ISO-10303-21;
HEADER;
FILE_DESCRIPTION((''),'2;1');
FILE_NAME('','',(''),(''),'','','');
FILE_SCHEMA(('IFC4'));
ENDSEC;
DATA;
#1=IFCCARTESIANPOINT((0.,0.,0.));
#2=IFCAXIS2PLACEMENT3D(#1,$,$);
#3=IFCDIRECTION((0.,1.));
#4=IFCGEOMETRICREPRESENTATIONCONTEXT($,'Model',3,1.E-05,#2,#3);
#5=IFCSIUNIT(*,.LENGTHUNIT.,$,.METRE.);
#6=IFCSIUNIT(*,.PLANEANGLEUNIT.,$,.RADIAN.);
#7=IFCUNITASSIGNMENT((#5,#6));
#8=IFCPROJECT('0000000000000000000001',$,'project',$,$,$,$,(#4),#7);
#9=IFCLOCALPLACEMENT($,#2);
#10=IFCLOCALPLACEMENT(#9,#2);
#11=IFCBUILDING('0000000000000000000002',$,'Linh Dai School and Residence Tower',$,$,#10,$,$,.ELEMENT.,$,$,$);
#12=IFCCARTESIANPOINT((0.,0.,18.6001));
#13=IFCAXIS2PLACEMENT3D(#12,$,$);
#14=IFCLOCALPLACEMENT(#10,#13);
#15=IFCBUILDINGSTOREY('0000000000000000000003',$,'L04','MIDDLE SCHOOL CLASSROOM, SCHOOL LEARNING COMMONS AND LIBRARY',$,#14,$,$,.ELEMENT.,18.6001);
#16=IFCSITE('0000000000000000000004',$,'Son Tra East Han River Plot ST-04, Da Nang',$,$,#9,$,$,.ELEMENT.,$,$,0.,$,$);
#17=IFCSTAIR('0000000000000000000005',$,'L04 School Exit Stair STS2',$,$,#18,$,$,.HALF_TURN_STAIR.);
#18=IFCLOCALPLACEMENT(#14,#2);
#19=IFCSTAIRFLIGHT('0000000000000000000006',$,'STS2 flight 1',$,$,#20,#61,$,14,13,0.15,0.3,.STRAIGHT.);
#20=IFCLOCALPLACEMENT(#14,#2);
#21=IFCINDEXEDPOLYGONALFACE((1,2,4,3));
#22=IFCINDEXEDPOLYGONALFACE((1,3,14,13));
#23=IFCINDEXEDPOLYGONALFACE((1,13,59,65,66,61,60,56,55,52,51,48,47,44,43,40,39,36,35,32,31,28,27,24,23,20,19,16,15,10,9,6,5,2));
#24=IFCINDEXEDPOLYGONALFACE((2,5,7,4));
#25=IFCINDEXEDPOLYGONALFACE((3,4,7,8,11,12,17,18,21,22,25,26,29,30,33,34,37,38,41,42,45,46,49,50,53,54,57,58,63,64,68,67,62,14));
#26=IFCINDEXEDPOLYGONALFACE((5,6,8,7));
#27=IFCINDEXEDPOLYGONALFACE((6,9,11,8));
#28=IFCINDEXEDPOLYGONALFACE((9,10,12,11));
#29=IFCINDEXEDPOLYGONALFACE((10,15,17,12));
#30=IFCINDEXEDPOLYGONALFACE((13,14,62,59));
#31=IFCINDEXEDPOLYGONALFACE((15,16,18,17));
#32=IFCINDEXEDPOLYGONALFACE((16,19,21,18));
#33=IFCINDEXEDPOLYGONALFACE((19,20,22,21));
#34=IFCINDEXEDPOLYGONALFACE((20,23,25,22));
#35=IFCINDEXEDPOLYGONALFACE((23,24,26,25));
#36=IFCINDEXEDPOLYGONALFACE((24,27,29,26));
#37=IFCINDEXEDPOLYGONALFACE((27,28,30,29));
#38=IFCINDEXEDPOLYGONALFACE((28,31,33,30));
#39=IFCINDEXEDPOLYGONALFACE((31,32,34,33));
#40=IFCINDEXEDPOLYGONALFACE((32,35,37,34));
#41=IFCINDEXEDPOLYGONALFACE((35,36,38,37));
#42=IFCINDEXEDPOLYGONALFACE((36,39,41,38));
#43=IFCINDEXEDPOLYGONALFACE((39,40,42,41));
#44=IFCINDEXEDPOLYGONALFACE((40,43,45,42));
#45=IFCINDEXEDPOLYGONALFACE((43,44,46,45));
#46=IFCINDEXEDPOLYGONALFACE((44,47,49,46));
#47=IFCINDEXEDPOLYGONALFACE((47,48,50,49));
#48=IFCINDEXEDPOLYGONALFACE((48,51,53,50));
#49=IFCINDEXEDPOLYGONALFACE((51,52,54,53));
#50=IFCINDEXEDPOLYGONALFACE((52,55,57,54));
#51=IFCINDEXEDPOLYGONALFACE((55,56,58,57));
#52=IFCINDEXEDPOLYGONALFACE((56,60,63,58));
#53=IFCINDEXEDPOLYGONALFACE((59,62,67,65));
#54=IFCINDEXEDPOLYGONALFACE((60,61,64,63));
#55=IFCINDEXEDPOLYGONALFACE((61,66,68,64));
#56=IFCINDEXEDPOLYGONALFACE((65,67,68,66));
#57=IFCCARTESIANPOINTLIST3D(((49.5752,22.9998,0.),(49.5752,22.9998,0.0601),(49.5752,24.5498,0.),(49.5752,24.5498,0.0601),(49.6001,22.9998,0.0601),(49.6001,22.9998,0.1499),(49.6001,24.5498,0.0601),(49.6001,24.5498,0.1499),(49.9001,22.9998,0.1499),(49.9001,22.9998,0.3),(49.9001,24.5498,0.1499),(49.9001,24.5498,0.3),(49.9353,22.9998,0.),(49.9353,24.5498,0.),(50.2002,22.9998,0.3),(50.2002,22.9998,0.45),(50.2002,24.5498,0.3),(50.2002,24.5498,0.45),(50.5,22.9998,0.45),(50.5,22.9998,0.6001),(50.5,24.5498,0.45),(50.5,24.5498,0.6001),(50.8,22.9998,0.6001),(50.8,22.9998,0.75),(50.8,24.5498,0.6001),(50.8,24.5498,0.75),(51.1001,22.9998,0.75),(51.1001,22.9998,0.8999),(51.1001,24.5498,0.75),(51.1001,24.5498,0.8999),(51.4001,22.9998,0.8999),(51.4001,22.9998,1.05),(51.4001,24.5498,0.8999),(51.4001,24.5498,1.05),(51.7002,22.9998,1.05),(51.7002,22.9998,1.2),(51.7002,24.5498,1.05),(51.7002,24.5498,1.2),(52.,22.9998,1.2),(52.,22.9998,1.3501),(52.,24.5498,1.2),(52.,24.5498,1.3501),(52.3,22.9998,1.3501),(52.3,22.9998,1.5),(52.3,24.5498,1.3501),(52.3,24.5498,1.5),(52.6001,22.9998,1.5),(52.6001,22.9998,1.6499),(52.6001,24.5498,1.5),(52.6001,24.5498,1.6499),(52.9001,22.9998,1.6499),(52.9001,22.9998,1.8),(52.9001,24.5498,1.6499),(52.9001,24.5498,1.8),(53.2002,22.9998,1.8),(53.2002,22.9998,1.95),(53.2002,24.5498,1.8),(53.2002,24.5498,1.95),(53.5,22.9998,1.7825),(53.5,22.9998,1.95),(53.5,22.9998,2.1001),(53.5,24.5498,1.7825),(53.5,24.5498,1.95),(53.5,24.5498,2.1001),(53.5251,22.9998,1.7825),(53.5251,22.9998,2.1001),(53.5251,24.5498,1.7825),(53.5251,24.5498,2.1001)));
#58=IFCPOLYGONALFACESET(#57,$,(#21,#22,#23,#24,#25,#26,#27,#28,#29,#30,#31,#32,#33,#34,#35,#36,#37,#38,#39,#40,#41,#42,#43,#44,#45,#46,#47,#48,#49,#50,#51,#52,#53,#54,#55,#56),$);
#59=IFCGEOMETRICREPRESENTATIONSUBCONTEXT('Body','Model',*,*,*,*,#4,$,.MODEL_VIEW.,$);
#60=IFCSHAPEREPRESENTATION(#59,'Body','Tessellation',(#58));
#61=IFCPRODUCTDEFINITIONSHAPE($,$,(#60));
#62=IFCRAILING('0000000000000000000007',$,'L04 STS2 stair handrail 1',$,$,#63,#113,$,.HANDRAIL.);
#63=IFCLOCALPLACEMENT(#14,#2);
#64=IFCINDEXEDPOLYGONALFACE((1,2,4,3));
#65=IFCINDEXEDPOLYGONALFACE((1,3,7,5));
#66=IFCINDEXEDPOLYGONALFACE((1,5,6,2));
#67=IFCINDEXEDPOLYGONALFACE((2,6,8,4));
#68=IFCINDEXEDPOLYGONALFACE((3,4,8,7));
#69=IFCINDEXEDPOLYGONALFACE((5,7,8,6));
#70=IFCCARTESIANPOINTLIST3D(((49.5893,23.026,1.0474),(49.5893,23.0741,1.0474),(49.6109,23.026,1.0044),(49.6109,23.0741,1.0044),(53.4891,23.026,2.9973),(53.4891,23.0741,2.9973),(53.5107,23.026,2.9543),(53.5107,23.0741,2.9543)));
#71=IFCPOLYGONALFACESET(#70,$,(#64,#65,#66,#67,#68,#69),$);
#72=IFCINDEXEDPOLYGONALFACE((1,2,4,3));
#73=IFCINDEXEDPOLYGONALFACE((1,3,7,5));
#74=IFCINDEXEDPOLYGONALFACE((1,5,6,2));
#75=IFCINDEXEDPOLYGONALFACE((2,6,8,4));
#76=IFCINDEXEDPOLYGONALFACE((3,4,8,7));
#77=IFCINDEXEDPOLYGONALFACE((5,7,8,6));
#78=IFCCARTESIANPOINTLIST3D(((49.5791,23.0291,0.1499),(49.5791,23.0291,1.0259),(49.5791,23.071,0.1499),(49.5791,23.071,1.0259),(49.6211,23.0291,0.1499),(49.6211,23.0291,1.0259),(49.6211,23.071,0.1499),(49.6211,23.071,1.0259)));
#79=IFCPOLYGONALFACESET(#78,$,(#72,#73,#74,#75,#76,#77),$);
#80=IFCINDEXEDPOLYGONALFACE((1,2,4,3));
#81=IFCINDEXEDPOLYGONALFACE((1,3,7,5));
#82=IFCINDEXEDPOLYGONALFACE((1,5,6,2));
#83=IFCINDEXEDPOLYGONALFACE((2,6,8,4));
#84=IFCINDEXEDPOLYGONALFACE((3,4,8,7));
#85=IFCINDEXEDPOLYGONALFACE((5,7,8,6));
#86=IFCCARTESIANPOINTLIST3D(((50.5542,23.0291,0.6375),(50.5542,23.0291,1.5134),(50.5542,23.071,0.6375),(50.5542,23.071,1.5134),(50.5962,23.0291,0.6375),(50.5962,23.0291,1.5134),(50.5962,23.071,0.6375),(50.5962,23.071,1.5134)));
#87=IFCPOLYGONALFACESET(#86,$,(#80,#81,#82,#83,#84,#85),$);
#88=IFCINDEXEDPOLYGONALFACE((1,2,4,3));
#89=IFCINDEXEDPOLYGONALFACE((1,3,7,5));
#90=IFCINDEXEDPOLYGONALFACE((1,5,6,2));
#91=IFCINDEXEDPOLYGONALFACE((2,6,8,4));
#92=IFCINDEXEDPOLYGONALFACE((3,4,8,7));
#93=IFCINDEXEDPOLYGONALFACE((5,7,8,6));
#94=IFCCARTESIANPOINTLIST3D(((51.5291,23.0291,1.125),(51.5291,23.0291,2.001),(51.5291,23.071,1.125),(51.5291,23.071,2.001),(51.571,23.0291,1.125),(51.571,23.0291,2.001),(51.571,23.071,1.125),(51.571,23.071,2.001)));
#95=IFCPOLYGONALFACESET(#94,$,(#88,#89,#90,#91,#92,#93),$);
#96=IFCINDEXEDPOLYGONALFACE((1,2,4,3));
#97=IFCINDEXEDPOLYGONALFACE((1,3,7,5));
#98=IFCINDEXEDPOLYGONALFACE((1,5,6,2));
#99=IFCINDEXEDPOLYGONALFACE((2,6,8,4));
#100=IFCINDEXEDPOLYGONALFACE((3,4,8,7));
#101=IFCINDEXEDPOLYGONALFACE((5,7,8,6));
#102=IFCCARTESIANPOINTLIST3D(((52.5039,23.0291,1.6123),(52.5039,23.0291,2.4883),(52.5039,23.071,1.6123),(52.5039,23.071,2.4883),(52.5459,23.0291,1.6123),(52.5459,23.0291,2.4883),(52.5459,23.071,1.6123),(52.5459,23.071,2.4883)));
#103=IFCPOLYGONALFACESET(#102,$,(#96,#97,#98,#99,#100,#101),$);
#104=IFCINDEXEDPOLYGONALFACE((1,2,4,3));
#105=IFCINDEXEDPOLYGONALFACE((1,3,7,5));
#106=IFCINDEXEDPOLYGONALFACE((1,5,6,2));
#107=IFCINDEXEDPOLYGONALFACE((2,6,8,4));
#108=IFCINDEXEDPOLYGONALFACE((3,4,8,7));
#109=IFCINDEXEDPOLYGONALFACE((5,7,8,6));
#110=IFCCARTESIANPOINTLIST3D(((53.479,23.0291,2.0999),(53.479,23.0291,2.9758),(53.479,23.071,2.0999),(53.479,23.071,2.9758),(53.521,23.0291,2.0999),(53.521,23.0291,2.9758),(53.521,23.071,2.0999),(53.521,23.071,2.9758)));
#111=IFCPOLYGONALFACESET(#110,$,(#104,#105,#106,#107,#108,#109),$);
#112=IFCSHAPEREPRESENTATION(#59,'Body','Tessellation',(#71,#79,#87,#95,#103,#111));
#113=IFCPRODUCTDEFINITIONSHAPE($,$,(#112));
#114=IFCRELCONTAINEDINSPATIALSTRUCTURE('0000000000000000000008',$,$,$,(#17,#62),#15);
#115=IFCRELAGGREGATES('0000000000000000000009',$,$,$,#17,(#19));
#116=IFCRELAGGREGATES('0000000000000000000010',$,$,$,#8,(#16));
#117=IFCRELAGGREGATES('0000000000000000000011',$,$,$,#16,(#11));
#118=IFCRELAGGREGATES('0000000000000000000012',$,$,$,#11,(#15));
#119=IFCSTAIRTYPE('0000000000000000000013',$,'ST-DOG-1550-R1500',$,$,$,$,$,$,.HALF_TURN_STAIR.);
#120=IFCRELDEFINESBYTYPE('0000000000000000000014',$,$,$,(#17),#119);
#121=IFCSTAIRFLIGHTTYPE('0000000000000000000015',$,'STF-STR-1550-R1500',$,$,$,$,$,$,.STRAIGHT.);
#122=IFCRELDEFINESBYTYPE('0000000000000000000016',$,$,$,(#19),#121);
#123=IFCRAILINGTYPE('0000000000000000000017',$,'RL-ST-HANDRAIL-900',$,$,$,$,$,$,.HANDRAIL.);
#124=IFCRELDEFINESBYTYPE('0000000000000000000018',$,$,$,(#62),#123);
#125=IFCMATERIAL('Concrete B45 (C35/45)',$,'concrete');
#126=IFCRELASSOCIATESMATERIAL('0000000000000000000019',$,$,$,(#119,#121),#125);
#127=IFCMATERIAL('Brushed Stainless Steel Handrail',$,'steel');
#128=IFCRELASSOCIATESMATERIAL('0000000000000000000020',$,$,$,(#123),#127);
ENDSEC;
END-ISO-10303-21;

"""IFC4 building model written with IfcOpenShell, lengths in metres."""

from ifc_helpers import new_model, si_unit, direction, frame, origin, origin_2d, place, context, subcontext, project, spatial, polyline, rectangle, outline, extrude, source, transform, mapped, material, type_object, element, aggregate, save


model = new_model("IFC4")

# Units and contexts
model_context = context("Model", 3, precision=1e-05, world=origin(), true_north=direction((0.0, 1.0)))
body_context = subcontext(model_context, "Body", "Model", "MODEL_VIEW")
ifc_project = project(units=[si_unit("LENGTHUNIT", "METRE"), si_unit("PLANEANGLEUNIT", "RADIAN")], contexts=[model_context])

# Site, building, storey
site_placement = place(None, origin())
site = spatial("IfcSite", under=ifc_project, at=site_placement, Name="Son Tra East Han River Plot ST-04, Da Nang", CompositionType="ELEMENT", RefElevation=0.0)
building_placement = place(site_placement, origin())
building = spatial("IfcBuilding", under=site, at=building_placement, Name="Linh Dai School and Residence Tower", CompositionType="ELEMENT")
storey_placement = place(building_placement, frame((0.0, 0.0, 18.6001)))
storey = spatial("IfcBuildingStorey", under=building, at=storey_placement, Name="L04", Description="MIDDLE SCHOOL CLASSROOM, SCHOOL LEARNING COMMONS AND LIBRARY", CompositionType="ELEMENT", Elevation=18.6001)

# Shared definitions
ifc_material_1 = material(Name="Concrete B45 (C35/45)", Category="concrete")

# Stair, stair flight
stair_type = type_object("IfcStairType", Name="ST-DOG-1550-R1500", PredefinedType="HALF_TURN_STAIR", material=ifc_material_1)
stair_placement = place(storey_placement, origin())
stair = element("IfcStair", 1, at=stair_placement, inside=storey, type_object=stair_type, Name="L04 School Exit Stair STS2", PredefinedType="HALF_TURN_STAIR")
stair_flight_type = type_object("IfcStairFlightType", Name="STF-STR-1550-R1500", PredefinedType="STRAIGHT", material=ifc_material_1)
shared_shape_1 = source(origin(), body_context, "Body", "SweptSolid", [
    extrude(outline(polyline([(-0.0249, 0.0), (-0.0249, 0.0601), (0.0, 0.0601), (0.0, 0.1499), (0.3, 0.1499), (0.3, 0.3), (0.6001, 0.3), (0.6001, 0.45), (0.8999, 0.45), (0.8999, 0.6001), (1.2, 0.6001), (1.2, 0.75), (1.5, 0.75), (1.5, 0.8999), (1.8, 0.8999), (1.8, 1.05), (2.1001, 1.05), (2.1001, 1.2), (2.3999, 1.2), (2.3999, 1.3501), (2.7, 1.3501), (2.7, 1.5), (3.0, 1.5), (3.0, 1.6499), (3.3, 1.6499), (3.3, 1.8), (3.6001, 1.8), (3.6001, 1.95), (3.8999, 1.95), (3.8999, 2.1001), (3.925, 2.1001), (3.925, 1.7825), (3.8999, 1.7825), (0.3352, 0.0), (-0.0249, 0.0)])), frame((0.0, 0.7749, 0.0), z_axis=(0.0, -1.0, 0.0), x_axis=(1.0, 0.0, 0.0)), (0.0, 0.0, 1.0), 1.55),
])
stair_flight_placement = place(storey_placement, frame((49.6001, 23.7749, 0.0), z_axis=(0.0, 0.0, 1.0), x_axis=(1.0, 0.0, 0.0)))
stair_flight = element("IfcStairFlight", 2, at=stair_flight_placement, type_object=stair_flight_type, Name="STS2 flight 1", NumberOfRisers=14, NumberOfTreads=13, PredefinedType="STRAIGHT", RiserHeight=0.15, TreadLength=0.3, context=body_context, shape_type="MappedRepresentation", body=[
    mapped(shared_shape_1, transform((0.0, 0.0, 0.0), x_axis=(1.0, 0.0, 0.0), y_axis=(0.0, 1.0, 0.0), z_axis=(0.0, 0.0, 1.0), scale=1.0)),
])
aggregate(stair, [stair_flight])

# Railing
ifc_material_2 = material(Name="Brushed Stainless Steel Handrail", Category="steel")
railing_type_1 = type_object("IfcRailingType", Name="RL-ST-HANDRAIL-900", PredefinedType="HANDRAIL", material=ifc_material_2)
shared_shape_2 = source(origin(), body_context, "Body", "SweptSolid", [
    extrude(rectangle(XDim=0.0481, YDim=0.0481, at=origin_2d()), frame((0.0, 0.0, 0.876), z_axis=(0.894427, 0.0, 0.447214), x_axis=(0.0, 1.0, 0.0)), (0.0, 0.0, 1.0), 4.3601),
    extrude(rectangle(XDim=0.042, YDim=0.042, at=origin_2d()), origin(), (0.0, 0.0, 1.0), 0.876),
    extrude(rectangle(XDim=0.042, YDim=0.042, at=origin_2d()), frame((0.9751, 0.0, 0.4875)), (0.0, 0.0, 1.0), 0.876),
    extrude(rectangle(XDim=0.042, YDim=0.042, at=origin_2d()), frame((1.95, 0.0, 0.9751)), (0.0, 0.0, 1.0), 0.876),
    extrude(rectangle(XDim=0.042, YDim=0.042, at=origin_2d()), frame((2.9248, 0.0, 1.4624)), (0.0, 0.0, 1.0), 0.876),
    extrude(rectangle(XDim=0.042, YDim=0.042, at=origin_2d()), frame((3.8999, 0.0, 1.95)), (0.0, 0.0, 1.0), 0.876),
])
railing_1_placement = place(storey_placement, frame((49.6001, 23.05, 0.1499)))
element("IfcRailing", 3, at=railing_1_placement, inside=storey, type_object=railing_type_1, Name="L04 STS2 stair handrail 1", PredefinedType="HANDRAIL", context=body_context, shape_type="MappedRepresentation", body=[
    mapped(shared_shape_2, transform((0.0, 0.0, 0.0), x_axis=(1.0, 0.0, 0.0), y_axis=(0.0, 1.0, 0.0), z_axis=(0.0, 0.0, 1.0), scale=1.0)),
])

save(model, "model.ifc")
